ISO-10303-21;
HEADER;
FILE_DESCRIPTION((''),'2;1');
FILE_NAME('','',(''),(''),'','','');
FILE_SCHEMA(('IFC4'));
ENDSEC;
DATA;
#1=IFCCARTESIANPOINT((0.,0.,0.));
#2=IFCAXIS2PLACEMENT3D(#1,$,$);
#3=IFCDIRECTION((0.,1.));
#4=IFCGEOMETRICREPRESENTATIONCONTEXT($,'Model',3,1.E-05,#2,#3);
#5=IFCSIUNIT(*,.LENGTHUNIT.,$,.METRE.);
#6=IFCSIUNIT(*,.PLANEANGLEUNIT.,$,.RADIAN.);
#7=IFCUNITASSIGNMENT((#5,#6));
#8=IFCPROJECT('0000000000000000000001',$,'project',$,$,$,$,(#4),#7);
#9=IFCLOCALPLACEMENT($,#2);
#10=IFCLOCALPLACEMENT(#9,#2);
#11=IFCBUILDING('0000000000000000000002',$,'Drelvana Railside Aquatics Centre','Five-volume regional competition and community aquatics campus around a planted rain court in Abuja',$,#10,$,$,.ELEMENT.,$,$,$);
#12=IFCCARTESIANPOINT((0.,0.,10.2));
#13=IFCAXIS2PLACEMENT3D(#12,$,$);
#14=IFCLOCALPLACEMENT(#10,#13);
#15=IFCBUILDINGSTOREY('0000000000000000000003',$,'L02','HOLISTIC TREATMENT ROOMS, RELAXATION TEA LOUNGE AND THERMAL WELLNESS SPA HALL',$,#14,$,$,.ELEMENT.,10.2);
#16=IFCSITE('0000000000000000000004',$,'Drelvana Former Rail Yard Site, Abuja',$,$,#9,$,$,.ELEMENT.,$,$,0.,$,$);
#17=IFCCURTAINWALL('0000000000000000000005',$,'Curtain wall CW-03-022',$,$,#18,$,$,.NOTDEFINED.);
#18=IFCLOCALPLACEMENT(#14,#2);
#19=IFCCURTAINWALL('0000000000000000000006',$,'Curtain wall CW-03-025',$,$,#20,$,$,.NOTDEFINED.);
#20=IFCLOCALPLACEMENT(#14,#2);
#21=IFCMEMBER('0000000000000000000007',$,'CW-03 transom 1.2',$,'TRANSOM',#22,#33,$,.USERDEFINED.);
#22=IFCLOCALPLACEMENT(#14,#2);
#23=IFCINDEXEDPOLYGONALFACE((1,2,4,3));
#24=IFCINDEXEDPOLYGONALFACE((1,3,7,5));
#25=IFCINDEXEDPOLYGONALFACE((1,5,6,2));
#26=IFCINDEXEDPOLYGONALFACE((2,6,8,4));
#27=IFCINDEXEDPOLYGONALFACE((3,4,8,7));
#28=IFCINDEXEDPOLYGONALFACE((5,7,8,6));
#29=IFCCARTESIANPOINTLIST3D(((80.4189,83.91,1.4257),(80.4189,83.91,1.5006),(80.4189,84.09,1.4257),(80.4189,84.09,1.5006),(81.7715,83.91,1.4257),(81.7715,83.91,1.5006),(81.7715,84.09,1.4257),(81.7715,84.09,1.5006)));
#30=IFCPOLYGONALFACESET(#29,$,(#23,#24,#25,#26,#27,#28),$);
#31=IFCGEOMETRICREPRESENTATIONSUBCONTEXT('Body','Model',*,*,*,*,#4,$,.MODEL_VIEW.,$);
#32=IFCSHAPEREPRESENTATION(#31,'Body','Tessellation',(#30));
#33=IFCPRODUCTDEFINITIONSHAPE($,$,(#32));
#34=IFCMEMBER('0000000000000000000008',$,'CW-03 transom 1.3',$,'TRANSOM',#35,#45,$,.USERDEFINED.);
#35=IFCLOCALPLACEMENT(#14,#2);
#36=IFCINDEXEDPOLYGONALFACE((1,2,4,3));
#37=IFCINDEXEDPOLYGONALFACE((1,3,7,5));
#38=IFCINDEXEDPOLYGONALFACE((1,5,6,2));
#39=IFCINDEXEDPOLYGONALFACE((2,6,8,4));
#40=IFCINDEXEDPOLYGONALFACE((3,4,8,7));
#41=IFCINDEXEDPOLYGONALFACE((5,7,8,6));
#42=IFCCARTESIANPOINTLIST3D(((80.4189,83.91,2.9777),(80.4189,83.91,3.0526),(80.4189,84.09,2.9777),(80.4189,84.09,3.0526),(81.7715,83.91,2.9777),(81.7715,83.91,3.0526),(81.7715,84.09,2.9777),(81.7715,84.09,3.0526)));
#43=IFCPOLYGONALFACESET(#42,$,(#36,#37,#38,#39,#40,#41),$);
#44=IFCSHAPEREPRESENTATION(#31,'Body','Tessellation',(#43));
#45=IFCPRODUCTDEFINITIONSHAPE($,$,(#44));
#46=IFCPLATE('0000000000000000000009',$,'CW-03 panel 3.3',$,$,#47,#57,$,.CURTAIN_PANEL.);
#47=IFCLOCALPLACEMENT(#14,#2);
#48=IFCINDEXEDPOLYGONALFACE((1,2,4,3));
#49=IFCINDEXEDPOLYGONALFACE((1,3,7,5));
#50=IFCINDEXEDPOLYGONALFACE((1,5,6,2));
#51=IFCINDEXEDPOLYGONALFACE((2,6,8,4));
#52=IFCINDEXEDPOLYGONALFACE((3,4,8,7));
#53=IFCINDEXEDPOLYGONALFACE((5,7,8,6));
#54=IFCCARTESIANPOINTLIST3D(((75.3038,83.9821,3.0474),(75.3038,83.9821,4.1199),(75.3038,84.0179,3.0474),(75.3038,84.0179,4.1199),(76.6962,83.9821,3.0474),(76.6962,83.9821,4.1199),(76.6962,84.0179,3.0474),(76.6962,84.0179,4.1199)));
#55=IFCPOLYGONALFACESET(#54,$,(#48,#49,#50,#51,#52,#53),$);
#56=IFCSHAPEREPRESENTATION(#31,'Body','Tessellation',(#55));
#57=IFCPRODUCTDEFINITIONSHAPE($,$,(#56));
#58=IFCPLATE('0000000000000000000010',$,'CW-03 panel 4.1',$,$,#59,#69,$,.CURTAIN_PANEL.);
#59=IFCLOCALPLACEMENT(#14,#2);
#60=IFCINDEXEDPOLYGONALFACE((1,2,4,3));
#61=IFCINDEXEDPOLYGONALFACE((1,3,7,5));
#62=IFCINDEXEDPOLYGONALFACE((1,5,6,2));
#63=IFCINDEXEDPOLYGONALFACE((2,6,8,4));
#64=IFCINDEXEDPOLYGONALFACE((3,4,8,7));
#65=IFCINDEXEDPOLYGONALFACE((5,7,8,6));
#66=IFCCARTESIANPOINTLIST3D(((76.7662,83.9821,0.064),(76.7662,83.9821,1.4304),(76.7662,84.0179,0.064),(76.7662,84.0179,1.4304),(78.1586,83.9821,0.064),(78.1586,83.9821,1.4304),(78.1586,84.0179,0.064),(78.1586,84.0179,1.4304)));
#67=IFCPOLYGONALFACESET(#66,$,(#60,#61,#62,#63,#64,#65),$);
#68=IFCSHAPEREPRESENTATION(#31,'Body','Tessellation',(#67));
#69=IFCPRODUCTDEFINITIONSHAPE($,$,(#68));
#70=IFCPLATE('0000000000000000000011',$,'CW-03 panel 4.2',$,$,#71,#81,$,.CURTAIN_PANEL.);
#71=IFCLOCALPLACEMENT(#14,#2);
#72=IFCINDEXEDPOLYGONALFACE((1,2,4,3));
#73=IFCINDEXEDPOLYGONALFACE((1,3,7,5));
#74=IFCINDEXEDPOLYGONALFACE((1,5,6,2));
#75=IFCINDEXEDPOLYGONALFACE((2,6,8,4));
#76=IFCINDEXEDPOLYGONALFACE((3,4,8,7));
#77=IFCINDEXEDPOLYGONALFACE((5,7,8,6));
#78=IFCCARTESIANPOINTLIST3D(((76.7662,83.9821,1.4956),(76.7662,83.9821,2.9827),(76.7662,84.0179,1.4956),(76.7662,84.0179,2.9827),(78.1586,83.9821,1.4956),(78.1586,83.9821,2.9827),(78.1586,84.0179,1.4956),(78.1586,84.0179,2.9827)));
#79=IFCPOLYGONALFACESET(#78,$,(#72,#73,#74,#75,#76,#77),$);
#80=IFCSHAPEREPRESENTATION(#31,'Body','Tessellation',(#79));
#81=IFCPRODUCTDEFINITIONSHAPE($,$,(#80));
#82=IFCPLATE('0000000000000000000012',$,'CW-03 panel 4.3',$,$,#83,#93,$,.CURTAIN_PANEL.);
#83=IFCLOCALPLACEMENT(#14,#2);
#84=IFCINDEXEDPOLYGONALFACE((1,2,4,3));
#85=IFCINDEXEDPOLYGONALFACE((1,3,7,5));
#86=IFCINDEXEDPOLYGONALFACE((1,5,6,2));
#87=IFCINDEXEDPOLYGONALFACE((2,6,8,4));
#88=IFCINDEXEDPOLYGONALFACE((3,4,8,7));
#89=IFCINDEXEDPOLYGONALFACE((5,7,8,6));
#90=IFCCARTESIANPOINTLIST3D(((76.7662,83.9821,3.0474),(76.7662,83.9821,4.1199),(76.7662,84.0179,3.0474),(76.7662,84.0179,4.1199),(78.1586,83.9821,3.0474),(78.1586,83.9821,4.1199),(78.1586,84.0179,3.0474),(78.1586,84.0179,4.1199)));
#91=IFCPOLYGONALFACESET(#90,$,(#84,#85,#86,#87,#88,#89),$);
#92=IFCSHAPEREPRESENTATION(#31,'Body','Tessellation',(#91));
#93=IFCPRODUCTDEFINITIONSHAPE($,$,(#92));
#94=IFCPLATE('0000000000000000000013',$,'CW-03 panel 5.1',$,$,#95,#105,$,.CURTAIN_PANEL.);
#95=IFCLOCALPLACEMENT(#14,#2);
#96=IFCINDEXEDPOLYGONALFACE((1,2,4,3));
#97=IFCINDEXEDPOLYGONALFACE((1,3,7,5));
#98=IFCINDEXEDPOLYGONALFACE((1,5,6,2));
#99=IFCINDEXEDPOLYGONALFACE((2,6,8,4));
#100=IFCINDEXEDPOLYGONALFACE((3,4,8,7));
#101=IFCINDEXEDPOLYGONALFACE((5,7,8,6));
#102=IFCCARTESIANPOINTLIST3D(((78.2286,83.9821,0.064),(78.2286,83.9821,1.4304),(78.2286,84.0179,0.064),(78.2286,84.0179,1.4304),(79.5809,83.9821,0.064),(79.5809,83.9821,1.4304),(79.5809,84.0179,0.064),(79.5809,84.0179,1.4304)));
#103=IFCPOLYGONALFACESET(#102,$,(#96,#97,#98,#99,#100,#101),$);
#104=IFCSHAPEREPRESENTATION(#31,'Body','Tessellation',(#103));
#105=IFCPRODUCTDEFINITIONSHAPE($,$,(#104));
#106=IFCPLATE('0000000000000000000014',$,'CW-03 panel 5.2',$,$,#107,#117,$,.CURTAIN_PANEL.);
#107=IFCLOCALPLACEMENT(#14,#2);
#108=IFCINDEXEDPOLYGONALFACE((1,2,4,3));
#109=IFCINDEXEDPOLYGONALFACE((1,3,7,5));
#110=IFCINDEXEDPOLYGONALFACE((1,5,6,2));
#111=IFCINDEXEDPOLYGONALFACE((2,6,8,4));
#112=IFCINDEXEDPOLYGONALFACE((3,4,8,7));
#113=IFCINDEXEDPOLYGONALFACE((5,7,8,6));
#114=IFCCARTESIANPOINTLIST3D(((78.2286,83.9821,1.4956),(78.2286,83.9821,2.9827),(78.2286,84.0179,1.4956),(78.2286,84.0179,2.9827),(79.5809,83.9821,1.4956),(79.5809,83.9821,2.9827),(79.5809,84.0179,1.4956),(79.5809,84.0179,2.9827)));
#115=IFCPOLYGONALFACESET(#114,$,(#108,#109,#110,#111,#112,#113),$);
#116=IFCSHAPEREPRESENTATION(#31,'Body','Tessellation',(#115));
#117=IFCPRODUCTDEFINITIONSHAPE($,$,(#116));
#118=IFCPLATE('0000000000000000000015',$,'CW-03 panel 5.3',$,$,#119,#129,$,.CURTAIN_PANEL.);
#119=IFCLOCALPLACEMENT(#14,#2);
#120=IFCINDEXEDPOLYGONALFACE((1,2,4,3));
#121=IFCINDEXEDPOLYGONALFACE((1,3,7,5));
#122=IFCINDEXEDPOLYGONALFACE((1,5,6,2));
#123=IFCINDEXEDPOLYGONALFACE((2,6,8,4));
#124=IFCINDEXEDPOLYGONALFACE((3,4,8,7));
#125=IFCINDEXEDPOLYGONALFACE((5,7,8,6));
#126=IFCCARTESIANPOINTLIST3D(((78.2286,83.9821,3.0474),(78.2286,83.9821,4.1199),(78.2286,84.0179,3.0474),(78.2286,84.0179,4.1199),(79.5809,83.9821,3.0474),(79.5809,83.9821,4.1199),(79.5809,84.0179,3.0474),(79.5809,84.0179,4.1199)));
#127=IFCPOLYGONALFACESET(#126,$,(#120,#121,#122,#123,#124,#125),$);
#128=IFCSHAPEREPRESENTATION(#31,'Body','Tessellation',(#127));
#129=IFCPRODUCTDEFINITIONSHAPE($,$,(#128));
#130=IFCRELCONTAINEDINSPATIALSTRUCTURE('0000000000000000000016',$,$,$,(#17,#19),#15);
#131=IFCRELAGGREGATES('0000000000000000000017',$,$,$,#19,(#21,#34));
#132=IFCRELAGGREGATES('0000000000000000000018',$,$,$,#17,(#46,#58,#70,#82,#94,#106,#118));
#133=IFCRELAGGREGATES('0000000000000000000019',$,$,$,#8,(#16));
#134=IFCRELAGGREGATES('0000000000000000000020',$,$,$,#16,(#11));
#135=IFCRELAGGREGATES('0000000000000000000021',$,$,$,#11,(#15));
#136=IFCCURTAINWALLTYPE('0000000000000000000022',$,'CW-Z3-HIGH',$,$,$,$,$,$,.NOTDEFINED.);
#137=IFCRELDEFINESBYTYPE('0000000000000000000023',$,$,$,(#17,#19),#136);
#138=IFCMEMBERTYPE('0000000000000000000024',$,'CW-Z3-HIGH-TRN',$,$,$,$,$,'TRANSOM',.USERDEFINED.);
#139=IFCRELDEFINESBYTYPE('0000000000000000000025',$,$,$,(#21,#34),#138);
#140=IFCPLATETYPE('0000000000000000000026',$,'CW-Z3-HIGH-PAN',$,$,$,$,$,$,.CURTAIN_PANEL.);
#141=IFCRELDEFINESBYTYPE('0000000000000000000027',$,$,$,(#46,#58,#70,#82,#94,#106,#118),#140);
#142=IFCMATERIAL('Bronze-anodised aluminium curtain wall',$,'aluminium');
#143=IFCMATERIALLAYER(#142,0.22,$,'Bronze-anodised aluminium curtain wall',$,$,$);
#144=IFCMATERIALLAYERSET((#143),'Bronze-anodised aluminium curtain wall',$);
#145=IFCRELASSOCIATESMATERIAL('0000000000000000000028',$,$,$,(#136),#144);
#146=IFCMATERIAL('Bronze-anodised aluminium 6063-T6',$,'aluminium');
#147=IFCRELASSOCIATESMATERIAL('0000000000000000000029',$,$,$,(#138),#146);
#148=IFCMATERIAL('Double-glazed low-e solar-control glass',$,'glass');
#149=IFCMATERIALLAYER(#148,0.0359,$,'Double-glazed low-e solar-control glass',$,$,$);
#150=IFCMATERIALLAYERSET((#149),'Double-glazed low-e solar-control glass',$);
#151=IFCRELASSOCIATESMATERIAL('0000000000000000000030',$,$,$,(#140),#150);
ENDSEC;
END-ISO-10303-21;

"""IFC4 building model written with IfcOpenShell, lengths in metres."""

from ifc_helpers import new_model, si_unit, direction, frame, origin, origin_2d, place, context, subcontext, project, spatial, rectangle, extrude, material, layer, layer_set, material_profile, profile_set, type_object, element, aggregate, save


model = new_model("IFC4")

# Units and contexts
model_context = context("Model", 3, precision=1e-05, world=origin(), true_north=direction((0.0, 1.0)))
body_context = subcontext(model_context, "Body", "Model", "MODEL_VIEW")
ifc_project = project(units=[si_unit("LENGTHUNIT", "METRE"), si_unit("PLANEANGLEUNIT", "RADIAN")], contexts=[model_context])

# Site, building, storey
site_placement = place(None, origin())
site = spatial("IfcSite", under=ifc_project, at=site_placement, Name="Drelvana Former Rail Yard Site, Abuja", CompositionType="ELEMENT", RefElevation=0.0)
building_placement = place(site_placement, origin())
building = spatial("IfcBuilding", under=site, at=building_placement, Name="Drelvana Railside Aquatics Centre", Description="Five-volume regional competition and community aquatics campus around a planted rain court in Abuja", CompositionType="ELEMENT")
storey_placement = place(building_placement, frame((0.0, 0.0, 10.2)))
storey = spatial("IfcBuildingStorey", under=building, at=storey_placement, Name="L02", Description="HOLISTIC TREATMENT ROOMS, RELAXATION TEA LOUNGE AND THERMAL WELLNESS SPA HALL", CompositionType="ELEMENT", Elevation=10.2)

# Curtain wall
ifc_material_1 = material(Name="Bronze-anodised aluminium curtain wall", Category="aluminium")
ifc_layer_1 = layer(ifc_material_1, 0.22, Name="Bronze-anodised aluminium curtain wall")
ifc_layer_set_1 = layer_set([ifc_layer_1], Name="Bronze-anodised aluminium curtain wall")
curtain_wall_type = type_object("IfcCurtainWallType", Name="CW-Z3-HIGH", PredefinedType="NOTDEFINED", material=ifc_layer_set_1)
curtain_wall_1_placement = place(storey_placement, origin())
curtain_wall_1 = element("IfcCurtainWall", 1, at=curtain_wall_1_placement, inside=storey, type_object=curtain_wall_type, Name="Curtain wall CW-03-022", PredefinedType="NOTDEFINED")
ifc_material_2 = material(Name="Bronze-anodised aluminium 6063-T6", Category="aluminium")

# Curtain wall
curtain_wall_2_placement = place(storey_placement, origin())
curtain_wall_2 = element("IfcCurtainWall", 2, at=curtain_wall_2_placement, inside=storey, type_object=curtain_wall_type, Name="Curtain wall CW-03-025", PredefinedType="NOTDEFINED")

# Members
ifc_material_profile_1 = material_profile(ifc_material_2, rectangle(XDim=0.1799, YDim=0.075, at=origin_2d()), Name="ALU-T 75x180")
ifc_profile_set_1 = profile_set([ifc_material_profile_1], Name="Bronze-anodised aluminium 6063-T6")
member_type_1 = type_object("IfcMemberType", Name="CW-Z3-HIGH-TRN", ElementType="TRANSOM", PredefinedType="USERDEFINED", material=ifc_profile_set_1)
member_1_placement = place(storey_placement, frame((80.4189, 84.0, 1.4631), z_axis=(1.0, 0.0, 0.0), x_axis=(0.0, 1.0, 0.0)))
member_1 = element("IfcMember", 3, at=member_1_placement, type_object=member_type_1, Name="CW-03 transom 1.2", ObjectType="TRANSOM", PredefinedType="USERDEFINED", context=body_context, shape_type="SweptSolid", body=[
    extrude(rectangle(XDim=0.1799, YDim=0.075, at=origin_2d()), origin(), (0.0, 0.0, 1.0), 1.3525),
])
member_2_placement = place(storey_placement, frame((80.4189, 84.0, 3.0151), z_axis=(1.0, 0.0, 0.0), x_axis=(0.0, 1.0, 0.0)))
member_2 = element("IfcMember", 4, at=member_2_placement, type_object=member_type_1, Name="CW-03 transom 1.3", ObjectType="TRANSOM", PredefinedType="USERDEFINED", context=body_context, shape_type="SweptSolid", body=[
    extrude(rectangle(XDim=0.1799, YDim=0.075, at=origin_2d()), origin(), (0.0, 0.0, 1.0), 1.3525),
])
aggregate(curtain_wall_2, [member_1, member_2])

# Plates
ifc_material_3 = material(Name="Double-glazed low-e solar-control glass", Category="glass")
ifc_layer_2 = layer(ifc_material_3, 0.0359, Name="Double-glazed low-e solar-control glass")
ifc_layer_set_2 = layer_set([ifc_layer_2], Name="Double-glazed low-e solar-control glass")
plate_type = type_object("IfcPlateType", Name="CW-Z3-HIGH-PAN", PredefinedType="CURTAIN_PANEL", material=ifc_layer_set_2)
plate_1_placement = place(storey_placement, frame((76.0, 84.0, 3.0474), z_axis=(0.0, 0.0, 1.0), x_axis=(1.0, 0.0, 0.0)))
plate_1 = element("IfcPlate", 5, at=plate_1_placement, type_object=plate_type, Name="CW-03 panel 3.3", PredefinedType="CURTAIN_PANEL", context=body_context, shape_type="SweptSolid", body=[
    extrude(rectangle(XDim=1.3923, YDim=0.0359, at=origin_2d()), origin(), (0.0, 0.0, 1.0), 1.0725),
])
plate_2_placement = place(storey_placement, frame((77.4624, 84.0, 0.064), z_axis=(0.0, 0.0, 1.0), x_axis=(1.0, 0.0, 0.0)))
plate_2 = element("IfcPlate", 6, at=plate_2_placement, type_object=plate_type, Name="CW-03 panel 4.1", PredefinedType="CURTAIN_PANEL", context=body_context, shape_type="SweptSolid", body=[
    extrude(rectangle(XDim=1.3923, YDim=0.0359, at=origin_2d()), origin(), (0.0, 0.0, 1.0), 1.3665),
])
plate_3_placement = place(storey_placement, frame((77.4624, 84.0, 1.4956), z_axis=(0.0, 0.0, 1.0), x_axis=(1.0, 0.0, 0.0)))
plate_3 = element("IfcPlate", 7, at=plate_3_placement, type_object=plate_type, Name="CW-03 panel 4.2", PredefinedType="CURTAIN_PANEL", context=body_context, shape_type="SweptSolid", body=[
    extrude(rectangle(XDim=1.3923, YDim=0.0359, at=origin_2d()), origin(), (0.0, 0.0, 1.0), 1.4871),
])
plate_4_placement = place(storey_placement, frame((77.4624, 84.0, 3.0474), z_axis=(0.0, 0.0, 1.0), x_axis=(1.0, 0.0, 0.0)))
plate_4 = element("IfcPlate", 8, at=plate_4_placement, type_object=plate_type, Name="CW-03 panel 4.3", PredefinedType="CURTAIN_PANEL", context=body_context, shape_type="SweptSolid", body=[
    extrude(rectangle(XDim=1.3923, YDim=0.0359, at=origin_2d()), origin(), (0.0, 0.0, 1.0), 1.0725),
])
plate_5_placement = place(storey_placement, frame((78.9048, 84.0, 0.064), z_axis=(0.0, 0.0, 1.0), x_axis=(1.0, 0.0, 0.0)))
plate_5 = element("IfcPlate", 9, at=plate_5_placement, type_object=plate_type, Name="CW-03 panel 5.1", PredefinedType="CURTAIN_PANEL", context=body_context, shape_type="SweptSolid", body=[
    extrude(rectangle(XDim=1.3523, YDim=0.0359, at=origin_2d()), origin(), (0.0, 0.0, 1.0), 1.3665),
])
plate_6_placement = place(storey_placement, frame((78.9048, 84.0, 1.4956), z_axis=(0.0, 0.0, 1.0), x_axis=(1.0, 0.0, 0.0)))
plate_6 = element("IfcPlate", 10, at=plate_6_placement, type_object=plate_type, Name="CW-03 panel 5.2", PredefinedType="CURTAIN_PANEL", context=body_context, shape_type="SweptSolid", body=[
    extrude(rectangle(XDim=1.3523, YDim=0.0359, at=origin_2d()), origin(), (0.0, 0.0, 1.0), 1.4871),
])
plate_7_placement = place(storey_placement, frame((78.9048, 84.0, 3.0474), z_axis=(0.0, 0.0, 1.0), x_axis=(1.0, 0.0, 0.0)))
plate_7 = element("IfcPlate", 11, at=plate_7_placement, type_object=plate_type, Name="CW-03 panel 5.3", PredefinedType="CURTAIN_PANEL", context=body_context, shape_type="SweptSolid", body=[
    extrude(rectangle(XDim=1.3523, YDim=0.0359, at=origin_2d()), origin(), (0.0, 0.0, 1.0), 1.0725),
])
aggregate(curtain_wall_1, [plate_1, plate_2, plate_3, plate_4, plate_5, plate_6, plate_7])

save(model, "model.ifc")
